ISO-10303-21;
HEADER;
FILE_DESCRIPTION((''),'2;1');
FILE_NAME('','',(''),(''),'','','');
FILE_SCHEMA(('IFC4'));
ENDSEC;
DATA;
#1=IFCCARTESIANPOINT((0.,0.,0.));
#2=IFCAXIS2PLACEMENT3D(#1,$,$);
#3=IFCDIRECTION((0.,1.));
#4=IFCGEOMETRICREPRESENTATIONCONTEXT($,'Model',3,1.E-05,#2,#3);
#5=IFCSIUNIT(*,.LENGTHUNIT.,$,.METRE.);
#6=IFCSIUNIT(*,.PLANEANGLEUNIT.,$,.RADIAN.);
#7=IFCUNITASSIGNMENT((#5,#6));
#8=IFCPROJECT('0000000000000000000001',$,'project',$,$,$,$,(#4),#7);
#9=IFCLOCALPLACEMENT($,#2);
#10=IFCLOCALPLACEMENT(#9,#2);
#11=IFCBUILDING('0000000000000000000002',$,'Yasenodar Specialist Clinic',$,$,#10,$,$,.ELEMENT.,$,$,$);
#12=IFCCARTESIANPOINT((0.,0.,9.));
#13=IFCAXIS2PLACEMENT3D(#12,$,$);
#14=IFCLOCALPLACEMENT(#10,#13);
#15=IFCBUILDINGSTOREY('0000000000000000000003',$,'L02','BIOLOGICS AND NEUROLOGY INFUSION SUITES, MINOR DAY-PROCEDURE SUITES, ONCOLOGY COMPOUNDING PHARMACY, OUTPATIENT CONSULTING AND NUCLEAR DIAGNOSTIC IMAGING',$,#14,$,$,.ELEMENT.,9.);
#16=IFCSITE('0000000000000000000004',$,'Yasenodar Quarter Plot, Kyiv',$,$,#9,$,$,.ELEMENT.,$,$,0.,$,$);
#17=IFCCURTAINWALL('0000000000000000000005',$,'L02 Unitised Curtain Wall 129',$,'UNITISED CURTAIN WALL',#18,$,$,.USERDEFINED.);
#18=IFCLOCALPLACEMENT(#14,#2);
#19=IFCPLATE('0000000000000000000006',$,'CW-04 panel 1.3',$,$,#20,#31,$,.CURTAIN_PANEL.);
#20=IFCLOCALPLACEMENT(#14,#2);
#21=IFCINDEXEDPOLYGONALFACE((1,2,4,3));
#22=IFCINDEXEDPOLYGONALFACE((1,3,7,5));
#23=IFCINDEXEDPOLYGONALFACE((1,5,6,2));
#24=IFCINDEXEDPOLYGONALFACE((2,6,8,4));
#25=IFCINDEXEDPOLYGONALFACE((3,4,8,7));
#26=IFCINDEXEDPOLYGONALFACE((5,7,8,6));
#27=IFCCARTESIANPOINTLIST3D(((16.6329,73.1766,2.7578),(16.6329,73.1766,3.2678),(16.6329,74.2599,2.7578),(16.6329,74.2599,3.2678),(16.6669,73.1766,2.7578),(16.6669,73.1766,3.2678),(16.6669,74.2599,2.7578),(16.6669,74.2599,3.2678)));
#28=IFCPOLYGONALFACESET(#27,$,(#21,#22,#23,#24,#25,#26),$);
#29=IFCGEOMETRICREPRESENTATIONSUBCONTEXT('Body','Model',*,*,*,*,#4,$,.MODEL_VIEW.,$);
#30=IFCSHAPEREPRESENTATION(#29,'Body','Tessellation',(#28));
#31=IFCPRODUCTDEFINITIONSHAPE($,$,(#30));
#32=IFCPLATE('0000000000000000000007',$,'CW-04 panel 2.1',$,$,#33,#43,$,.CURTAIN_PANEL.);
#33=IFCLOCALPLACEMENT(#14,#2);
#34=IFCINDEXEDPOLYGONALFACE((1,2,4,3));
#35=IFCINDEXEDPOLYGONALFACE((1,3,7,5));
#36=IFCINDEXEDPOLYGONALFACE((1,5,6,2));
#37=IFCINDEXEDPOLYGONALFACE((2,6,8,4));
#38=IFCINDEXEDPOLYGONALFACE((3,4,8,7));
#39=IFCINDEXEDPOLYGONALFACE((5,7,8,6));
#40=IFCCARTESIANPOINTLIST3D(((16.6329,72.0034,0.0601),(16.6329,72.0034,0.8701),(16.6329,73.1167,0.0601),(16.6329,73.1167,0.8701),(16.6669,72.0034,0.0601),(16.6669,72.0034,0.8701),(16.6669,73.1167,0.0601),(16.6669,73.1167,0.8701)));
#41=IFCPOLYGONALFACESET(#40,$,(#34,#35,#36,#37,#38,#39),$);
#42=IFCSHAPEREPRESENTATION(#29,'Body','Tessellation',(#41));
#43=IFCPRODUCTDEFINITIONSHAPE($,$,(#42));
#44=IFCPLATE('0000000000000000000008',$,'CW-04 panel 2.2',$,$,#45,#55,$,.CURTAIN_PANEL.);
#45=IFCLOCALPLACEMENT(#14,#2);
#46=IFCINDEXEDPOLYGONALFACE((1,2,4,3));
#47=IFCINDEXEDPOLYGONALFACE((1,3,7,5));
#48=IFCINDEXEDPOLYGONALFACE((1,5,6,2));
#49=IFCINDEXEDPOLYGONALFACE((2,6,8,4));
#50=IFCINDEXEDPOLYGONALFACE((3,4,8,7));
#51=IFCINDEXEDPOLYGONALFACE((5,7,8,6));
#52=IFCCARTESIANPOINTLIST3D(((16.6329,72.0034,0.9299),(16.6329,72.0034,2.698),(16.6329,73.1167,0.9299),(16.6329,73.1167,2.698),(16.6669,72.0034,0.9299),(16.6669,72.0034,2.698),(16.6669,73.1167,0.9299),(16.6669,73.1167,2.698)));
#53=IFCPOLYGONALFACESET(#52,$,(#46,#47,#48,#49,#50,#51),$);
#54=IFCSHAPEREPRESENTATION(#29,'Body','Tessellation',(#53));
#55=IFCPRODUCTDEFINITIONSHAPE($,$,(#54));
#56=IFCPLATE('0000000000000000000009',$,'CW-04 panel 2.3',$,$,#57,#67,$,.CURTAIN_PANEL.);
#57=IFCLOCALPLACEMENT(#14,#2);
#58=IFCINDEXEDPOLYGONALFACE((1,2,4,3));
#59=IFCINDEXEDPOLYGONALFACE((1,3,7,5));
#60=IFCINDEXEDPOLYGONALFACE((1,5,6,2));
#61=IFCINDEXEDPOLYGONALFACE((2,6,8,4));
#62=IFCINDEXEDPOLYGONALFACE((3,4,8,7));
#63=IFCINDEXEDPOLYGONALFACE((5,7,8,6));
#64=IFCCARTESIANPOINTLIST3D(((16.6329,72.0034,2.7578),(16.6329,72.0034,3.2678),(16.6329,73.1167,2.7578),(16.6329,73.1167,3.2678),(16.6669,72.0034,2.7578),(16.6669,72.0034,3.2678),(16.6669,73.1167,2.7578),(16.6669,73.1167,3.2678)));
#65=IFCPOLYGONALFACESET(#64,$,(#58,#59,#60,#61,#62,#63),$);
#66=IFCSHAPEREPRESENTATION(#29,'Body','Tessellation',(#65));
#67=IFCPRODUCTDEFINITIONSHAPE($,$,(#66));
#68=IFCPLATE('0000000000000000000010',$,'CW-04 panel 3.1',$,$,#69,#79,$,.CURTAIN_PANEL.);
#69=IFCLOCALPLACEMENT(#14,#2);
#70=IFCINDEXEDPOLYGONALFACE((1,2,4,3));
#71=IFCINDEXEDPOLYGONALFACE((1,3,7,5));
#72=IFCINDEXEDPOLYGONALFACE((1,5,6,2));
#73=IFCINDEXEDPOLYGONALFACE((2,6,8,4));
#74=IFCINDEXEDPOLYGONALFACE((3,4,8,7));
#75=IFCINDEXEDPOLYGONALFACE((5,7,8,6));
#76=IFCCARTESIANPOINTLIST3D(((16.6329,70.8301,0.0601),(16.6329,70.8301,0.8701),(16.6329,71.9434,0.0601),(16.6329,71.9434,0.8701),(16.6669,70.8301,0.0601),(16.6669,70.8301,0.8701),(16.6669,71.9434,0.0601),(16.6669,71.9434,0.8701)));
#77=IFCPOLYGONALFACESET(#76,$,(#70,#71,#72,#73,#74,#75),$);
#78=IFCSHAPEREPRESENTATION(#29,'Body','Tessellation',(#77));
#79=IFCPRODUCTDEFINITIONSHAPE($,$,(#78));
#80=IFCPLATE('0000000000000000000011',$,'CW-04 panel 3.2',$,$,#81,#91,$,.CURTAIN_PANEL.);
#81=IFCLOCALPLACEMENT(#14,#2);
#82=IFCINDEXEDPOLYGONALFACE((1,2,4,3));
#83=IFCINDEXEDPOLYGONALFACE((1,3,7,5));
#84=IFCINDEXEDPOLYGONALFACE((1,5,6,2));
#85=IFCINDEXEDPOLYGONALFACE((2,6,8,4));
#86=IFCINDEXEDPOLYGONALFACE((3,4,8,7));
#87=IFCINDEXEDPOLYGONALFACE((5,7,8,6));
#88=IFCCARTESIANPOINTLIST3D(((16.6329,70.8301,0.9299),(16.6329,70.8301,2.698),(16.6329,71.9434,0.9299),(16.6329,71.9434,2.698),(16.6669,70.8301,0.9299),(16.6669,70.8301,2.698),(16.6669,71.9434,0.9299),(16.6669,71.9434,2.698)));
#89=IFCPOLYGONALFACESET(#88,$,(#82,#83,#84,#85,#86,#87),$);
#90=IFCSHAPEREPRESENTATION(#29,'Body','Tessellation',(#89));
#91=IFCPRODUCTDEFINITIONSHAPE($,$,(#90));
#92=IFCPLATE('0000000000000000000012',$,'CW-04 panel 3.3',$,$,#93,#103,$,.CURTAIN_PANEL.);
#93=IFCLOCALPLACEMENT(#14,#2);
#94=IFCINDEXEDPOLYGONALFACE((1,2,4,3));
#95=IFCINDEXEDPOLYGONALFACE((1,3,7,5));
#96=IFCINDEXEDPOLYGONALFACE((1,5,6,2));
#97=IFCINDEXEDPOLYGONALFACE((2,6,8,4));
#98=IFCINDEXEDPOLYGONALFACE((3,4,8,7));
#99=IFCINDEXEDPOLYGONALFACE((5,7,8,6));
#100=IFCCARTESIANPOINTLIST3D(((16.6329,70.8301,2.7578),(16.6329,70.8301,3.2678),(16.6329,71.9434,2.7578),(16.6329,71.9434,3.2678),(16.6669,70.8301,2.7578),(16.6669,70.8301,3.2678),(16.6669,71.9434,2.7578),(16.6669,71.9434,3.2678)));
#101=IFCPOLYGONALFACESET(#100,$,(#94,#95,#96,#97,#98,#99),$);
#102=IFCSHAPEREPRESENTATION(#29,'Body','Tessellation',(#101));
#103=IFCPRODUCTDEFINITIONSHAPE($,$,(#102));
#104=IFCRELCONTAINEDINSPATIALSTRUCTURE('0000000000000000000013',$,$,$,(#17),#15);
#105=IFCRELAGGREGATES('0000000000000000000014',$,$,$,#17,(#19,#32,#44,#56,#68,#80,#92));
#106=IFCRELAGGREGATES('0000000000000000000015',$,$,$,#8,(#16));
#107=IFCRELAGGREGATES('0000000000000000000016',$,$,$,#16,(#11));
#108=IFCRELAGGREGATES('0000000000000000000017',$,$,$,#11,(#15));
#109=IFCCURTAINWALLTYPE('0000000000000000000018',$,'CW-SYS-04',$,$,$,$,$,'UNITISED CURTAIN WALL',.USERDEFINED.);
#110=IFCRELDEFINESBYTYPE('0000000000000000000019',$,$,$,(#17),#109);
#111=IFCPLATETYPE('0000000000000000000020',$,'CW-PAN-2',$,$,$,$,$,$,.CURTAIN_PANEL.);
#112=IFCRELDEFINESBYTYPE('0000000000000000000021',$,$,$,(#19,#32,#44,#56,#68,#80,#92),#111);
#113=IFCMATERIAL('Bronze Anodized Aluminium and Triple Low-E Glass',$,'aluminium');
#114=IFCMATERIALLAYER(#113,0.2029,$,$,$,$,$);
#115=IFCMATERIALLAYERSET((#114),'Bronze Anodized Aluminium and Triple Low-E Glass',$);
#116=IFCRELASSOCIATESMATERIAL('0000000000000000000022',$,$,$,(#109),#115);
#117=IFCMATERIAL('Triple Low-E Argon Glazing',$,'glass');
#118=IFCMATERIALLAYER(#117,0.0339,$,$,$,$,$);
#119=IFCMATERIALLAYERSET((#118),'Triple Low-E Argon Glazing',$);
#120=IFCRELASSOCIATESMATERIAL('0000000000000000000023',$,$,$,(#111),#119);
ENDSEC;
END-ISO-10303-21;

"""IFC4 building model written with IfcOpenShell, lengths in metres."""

from ifc_helpers import new_model, si_unit, direction, frame, origin, origin_2d, place, context, subcontext, project, spatial, rectangle, extrude, material, layer, layer_set, type_object, element, aggregate, save


model = new_model("IFC4")

# Units and contexts
model_context = context("Model", 3, precision=1e-05, world=origin(), true_north=direction((0.0, 1.0)))
body_context = subcontext(model_context, "Body", "Model", "MODEL_VIEW")
ifc_project = project(units=[si_unit("LENGTHUNIT", "METRE"), si_unit("PLANEANGLEUNIT", "RADIAN")], contexts=[model_context])

# Site, building, storey
site_placement = place(None, origin())
site = spatial("IfcSite", under=ifc_project, at=site_placement, Name="Yasenodar Quarter Plot, Kyiv", CompositionType="ELEMENT", RefElevation=0.0)
building_placement = place(site_placement, origin())
building = spatial("IfcBuilding", under=site, at=building_placement, Name="Yasenodar Specialist Clinic", CompositionType="ELEMENT")
storey_placement = place(building_placement, frame((0.0, 0.0, 9.0)))
storey = spatial("IfcBuildingStorey", under=building, at=storey_placement, Name="L02", Description="BIOLOGICS AND NEUROLOGY INFUSION SUITES, MINOR DAY-PROCEDURE SUITES, ONCOLOGY COMPOUNDING PHARMACY, OUTPATIENT CONSULTING AND NUCLEAR DIAGNOSTIC IMAGING", CompositionType="ELEMENT", Elevation=9.0)

# Curtain wall
ifc_material_1 = material(Name="Bronze Anodized Aluminium and Triple Low-E Glass", Category="aluminium")
ifc_layer_1 = layer(ifc_material_1, 0.2029)
ifc_layer_set_1 = layer_set([ifc_layer_1], Name="Bronze Anodized Aluminium and Triple Low-E Glass")
curtain_wall_type = type_object("IfcCurtainWallType", Name="CW-SYS-04", ElementType="UNITISED CURTAIN WALL", PredefinedType="USERDEFINED", material=ifc_layer_set_1)
curtain_wall_placement = place(storey_placement, origin())
curtain_wall = element("IfcCurtainWall", 1, at=curtain_wall_placement, inside=storey, type_object=curtain_wall_type, Name="L02 Unitised Curtain Wall 129", ObjectType="UNITISED CURTAIN WALL", PredefinedType="USERDEFINED")

# Plates
ifc_material_2 = material(Name="Triple Low-E Argon Glazing", Category="glass")
ifc_layer_2 = layer(ifc_material_2, 0.0339)
ifc_layer_set_2 = layer_set([ifc_layer_2], Name="Triple Low-E Argon Glazing")
plate_type = type_object("IfcPlateType", Name="CW-PAN-2", PredefinedType="CURTAIN_PANEL", material=ifc_layer_set_2)
plate_1_placement = place(storey_placement, frame((16.6499, 73.7183, 2.7578), z_axis=(0.0, 0.0, 1.0), x_axis=(0.0, -1.0, 0.0)))
plate_1 = element("IfcPlate", 2, at=plate_1_placement, type_object=plate_type, Name="CW-04 panel 1.3", PredefinedType="CURTAIN_PANEL", context=body_context, shape_type="SweptSolid", body=[
    extrude(rectangle(XDim=1.0833, YDim=0.0339, at=origin_2d()), origin(), (0.0, 0.0, 1.0), 0.51),
])
plate_2_placement = place(storey_placement, frame((16.6499, 72.5601, 0.0601), z_axis=(0.0, 0.0, 1.0), x_axis=(0.0, -1.0, 0.0)))
plate_2 = element("IfcPlate", 3, at=plate_2_placement, type_object=plate_type, Name="CW-04 panel 2.1", PredefinedType="CURTAIN_PANEL", context=body_context, shape_type="SweptSolid", body=[
    extrude(rectangle(XDim=1.1133, YDim=0.0339, at=origin_2d()), origin(), (0.0, 0.0, 1.0), 0.8101),
])
plate_3_placement = place(storey_placement, frame((16.6499, 72.5601, 0.9299), z_axis=(0.0, 0.0, 1.0), x_axis=(0.0, -1.0, 0.0)))
plate_3 = element("IfcPlate", 4, at=plate_3_placement, type_object=plate_type, Name="CW-04 panel 2.2", PredefinedType="CURTAIN_PANEL", context=body_context, shape_type="SweptSolid", body=[
    extrude(rectangle(XDim=1.1133, YDim=0.0339, at=origin_2d()), origin(), (0.0, 0.0, 1.0), 1.7681),
])
plate_4_placement = place(storey_placement, frame((16.6499, 72.5601, 2.7578), z_axis=(0.0, 0.0, 1.0), x_axis=(0.0, -1.0, 0.0)))
plate_4 = element("IfcPlate", 5, at=plate_4_placement, type_object=plate_type, Name="CW-04 panel 2.3", PredefinedType="CURTAIN_PANEL", context=body_context, shape_type="SweptSolid", body=[
    extrude(rectangle(XDim=1.1133, YDim=0.0339, at=origin_2d()), origin(), (0.0, 0.0, 1.0), 0.51),
])
plate_5_placement = place(storey_placement, frame((16.6499, 71.3867, 0.0601), z_axis=(0.0, 0.0, 1.0), x_axis=(0.0, -1.0, 0.0)))
plate_5 = element("IfcPlate", 6, at=plate_5_placement, type_object=plate_type, Name="CW-04 panel 3.1", PredefinedType="CURTAIN_PANEL", context=body_context, shape_type="SweptSolid", body=[
    extrude(rectangle(XDim=1.1133, YDim=0.0339, at=origin_2d()), origin(), (0.0, 0.0, 1.0), 0.8101),
])
plate_6_placement = place(storey_placement, frame((16.6499, 71.3867, 0.9299), z_axis=(0.0, 0.0, 1.0), x_axis=(0.0, -1.0, 0.0)))
plate_6 = element("IfcPlate", 7, at=plate_6_placement, type_object=plate_type, Name="CW-04 panel 3.2", PredefinedType="CURTAIN_PANEL", context=body_context, shape_type="SweptSolid", body=[
    extrude(rectangle(XDim=1.1133, YDim=0.0339, at=origin_2d()), origin(), (0.0, 0.0, 1.0), 1.7681),
])
plate_7_placement = place(storey_placement, frame((16.6499, 71.3867, 2.7578), z_axis=(0.0, 0.0, 1.0), x_axis=(0.0, -1.0, 0.0)))
plate_7 = element("IfcPlate", 8, at=plate_7_placement, type_object=plate_type, Name="CW-04 panel 3.3", PredefinedType="CURTAIN_PANEL", context=body_context, shape_type="SweptSolid", body=[
    extrude(rectangle(XDim=1.1133, YDim=0.0339, at=origin_2d()), origin(), (0.0, 0.0, 1.0), 0.51),
])
aggregate(curtain_wall, [plate_1, plate_2, plate_3, plate_4, plate_5, plate_6, plate_7])

save(model, "model.ifc")
